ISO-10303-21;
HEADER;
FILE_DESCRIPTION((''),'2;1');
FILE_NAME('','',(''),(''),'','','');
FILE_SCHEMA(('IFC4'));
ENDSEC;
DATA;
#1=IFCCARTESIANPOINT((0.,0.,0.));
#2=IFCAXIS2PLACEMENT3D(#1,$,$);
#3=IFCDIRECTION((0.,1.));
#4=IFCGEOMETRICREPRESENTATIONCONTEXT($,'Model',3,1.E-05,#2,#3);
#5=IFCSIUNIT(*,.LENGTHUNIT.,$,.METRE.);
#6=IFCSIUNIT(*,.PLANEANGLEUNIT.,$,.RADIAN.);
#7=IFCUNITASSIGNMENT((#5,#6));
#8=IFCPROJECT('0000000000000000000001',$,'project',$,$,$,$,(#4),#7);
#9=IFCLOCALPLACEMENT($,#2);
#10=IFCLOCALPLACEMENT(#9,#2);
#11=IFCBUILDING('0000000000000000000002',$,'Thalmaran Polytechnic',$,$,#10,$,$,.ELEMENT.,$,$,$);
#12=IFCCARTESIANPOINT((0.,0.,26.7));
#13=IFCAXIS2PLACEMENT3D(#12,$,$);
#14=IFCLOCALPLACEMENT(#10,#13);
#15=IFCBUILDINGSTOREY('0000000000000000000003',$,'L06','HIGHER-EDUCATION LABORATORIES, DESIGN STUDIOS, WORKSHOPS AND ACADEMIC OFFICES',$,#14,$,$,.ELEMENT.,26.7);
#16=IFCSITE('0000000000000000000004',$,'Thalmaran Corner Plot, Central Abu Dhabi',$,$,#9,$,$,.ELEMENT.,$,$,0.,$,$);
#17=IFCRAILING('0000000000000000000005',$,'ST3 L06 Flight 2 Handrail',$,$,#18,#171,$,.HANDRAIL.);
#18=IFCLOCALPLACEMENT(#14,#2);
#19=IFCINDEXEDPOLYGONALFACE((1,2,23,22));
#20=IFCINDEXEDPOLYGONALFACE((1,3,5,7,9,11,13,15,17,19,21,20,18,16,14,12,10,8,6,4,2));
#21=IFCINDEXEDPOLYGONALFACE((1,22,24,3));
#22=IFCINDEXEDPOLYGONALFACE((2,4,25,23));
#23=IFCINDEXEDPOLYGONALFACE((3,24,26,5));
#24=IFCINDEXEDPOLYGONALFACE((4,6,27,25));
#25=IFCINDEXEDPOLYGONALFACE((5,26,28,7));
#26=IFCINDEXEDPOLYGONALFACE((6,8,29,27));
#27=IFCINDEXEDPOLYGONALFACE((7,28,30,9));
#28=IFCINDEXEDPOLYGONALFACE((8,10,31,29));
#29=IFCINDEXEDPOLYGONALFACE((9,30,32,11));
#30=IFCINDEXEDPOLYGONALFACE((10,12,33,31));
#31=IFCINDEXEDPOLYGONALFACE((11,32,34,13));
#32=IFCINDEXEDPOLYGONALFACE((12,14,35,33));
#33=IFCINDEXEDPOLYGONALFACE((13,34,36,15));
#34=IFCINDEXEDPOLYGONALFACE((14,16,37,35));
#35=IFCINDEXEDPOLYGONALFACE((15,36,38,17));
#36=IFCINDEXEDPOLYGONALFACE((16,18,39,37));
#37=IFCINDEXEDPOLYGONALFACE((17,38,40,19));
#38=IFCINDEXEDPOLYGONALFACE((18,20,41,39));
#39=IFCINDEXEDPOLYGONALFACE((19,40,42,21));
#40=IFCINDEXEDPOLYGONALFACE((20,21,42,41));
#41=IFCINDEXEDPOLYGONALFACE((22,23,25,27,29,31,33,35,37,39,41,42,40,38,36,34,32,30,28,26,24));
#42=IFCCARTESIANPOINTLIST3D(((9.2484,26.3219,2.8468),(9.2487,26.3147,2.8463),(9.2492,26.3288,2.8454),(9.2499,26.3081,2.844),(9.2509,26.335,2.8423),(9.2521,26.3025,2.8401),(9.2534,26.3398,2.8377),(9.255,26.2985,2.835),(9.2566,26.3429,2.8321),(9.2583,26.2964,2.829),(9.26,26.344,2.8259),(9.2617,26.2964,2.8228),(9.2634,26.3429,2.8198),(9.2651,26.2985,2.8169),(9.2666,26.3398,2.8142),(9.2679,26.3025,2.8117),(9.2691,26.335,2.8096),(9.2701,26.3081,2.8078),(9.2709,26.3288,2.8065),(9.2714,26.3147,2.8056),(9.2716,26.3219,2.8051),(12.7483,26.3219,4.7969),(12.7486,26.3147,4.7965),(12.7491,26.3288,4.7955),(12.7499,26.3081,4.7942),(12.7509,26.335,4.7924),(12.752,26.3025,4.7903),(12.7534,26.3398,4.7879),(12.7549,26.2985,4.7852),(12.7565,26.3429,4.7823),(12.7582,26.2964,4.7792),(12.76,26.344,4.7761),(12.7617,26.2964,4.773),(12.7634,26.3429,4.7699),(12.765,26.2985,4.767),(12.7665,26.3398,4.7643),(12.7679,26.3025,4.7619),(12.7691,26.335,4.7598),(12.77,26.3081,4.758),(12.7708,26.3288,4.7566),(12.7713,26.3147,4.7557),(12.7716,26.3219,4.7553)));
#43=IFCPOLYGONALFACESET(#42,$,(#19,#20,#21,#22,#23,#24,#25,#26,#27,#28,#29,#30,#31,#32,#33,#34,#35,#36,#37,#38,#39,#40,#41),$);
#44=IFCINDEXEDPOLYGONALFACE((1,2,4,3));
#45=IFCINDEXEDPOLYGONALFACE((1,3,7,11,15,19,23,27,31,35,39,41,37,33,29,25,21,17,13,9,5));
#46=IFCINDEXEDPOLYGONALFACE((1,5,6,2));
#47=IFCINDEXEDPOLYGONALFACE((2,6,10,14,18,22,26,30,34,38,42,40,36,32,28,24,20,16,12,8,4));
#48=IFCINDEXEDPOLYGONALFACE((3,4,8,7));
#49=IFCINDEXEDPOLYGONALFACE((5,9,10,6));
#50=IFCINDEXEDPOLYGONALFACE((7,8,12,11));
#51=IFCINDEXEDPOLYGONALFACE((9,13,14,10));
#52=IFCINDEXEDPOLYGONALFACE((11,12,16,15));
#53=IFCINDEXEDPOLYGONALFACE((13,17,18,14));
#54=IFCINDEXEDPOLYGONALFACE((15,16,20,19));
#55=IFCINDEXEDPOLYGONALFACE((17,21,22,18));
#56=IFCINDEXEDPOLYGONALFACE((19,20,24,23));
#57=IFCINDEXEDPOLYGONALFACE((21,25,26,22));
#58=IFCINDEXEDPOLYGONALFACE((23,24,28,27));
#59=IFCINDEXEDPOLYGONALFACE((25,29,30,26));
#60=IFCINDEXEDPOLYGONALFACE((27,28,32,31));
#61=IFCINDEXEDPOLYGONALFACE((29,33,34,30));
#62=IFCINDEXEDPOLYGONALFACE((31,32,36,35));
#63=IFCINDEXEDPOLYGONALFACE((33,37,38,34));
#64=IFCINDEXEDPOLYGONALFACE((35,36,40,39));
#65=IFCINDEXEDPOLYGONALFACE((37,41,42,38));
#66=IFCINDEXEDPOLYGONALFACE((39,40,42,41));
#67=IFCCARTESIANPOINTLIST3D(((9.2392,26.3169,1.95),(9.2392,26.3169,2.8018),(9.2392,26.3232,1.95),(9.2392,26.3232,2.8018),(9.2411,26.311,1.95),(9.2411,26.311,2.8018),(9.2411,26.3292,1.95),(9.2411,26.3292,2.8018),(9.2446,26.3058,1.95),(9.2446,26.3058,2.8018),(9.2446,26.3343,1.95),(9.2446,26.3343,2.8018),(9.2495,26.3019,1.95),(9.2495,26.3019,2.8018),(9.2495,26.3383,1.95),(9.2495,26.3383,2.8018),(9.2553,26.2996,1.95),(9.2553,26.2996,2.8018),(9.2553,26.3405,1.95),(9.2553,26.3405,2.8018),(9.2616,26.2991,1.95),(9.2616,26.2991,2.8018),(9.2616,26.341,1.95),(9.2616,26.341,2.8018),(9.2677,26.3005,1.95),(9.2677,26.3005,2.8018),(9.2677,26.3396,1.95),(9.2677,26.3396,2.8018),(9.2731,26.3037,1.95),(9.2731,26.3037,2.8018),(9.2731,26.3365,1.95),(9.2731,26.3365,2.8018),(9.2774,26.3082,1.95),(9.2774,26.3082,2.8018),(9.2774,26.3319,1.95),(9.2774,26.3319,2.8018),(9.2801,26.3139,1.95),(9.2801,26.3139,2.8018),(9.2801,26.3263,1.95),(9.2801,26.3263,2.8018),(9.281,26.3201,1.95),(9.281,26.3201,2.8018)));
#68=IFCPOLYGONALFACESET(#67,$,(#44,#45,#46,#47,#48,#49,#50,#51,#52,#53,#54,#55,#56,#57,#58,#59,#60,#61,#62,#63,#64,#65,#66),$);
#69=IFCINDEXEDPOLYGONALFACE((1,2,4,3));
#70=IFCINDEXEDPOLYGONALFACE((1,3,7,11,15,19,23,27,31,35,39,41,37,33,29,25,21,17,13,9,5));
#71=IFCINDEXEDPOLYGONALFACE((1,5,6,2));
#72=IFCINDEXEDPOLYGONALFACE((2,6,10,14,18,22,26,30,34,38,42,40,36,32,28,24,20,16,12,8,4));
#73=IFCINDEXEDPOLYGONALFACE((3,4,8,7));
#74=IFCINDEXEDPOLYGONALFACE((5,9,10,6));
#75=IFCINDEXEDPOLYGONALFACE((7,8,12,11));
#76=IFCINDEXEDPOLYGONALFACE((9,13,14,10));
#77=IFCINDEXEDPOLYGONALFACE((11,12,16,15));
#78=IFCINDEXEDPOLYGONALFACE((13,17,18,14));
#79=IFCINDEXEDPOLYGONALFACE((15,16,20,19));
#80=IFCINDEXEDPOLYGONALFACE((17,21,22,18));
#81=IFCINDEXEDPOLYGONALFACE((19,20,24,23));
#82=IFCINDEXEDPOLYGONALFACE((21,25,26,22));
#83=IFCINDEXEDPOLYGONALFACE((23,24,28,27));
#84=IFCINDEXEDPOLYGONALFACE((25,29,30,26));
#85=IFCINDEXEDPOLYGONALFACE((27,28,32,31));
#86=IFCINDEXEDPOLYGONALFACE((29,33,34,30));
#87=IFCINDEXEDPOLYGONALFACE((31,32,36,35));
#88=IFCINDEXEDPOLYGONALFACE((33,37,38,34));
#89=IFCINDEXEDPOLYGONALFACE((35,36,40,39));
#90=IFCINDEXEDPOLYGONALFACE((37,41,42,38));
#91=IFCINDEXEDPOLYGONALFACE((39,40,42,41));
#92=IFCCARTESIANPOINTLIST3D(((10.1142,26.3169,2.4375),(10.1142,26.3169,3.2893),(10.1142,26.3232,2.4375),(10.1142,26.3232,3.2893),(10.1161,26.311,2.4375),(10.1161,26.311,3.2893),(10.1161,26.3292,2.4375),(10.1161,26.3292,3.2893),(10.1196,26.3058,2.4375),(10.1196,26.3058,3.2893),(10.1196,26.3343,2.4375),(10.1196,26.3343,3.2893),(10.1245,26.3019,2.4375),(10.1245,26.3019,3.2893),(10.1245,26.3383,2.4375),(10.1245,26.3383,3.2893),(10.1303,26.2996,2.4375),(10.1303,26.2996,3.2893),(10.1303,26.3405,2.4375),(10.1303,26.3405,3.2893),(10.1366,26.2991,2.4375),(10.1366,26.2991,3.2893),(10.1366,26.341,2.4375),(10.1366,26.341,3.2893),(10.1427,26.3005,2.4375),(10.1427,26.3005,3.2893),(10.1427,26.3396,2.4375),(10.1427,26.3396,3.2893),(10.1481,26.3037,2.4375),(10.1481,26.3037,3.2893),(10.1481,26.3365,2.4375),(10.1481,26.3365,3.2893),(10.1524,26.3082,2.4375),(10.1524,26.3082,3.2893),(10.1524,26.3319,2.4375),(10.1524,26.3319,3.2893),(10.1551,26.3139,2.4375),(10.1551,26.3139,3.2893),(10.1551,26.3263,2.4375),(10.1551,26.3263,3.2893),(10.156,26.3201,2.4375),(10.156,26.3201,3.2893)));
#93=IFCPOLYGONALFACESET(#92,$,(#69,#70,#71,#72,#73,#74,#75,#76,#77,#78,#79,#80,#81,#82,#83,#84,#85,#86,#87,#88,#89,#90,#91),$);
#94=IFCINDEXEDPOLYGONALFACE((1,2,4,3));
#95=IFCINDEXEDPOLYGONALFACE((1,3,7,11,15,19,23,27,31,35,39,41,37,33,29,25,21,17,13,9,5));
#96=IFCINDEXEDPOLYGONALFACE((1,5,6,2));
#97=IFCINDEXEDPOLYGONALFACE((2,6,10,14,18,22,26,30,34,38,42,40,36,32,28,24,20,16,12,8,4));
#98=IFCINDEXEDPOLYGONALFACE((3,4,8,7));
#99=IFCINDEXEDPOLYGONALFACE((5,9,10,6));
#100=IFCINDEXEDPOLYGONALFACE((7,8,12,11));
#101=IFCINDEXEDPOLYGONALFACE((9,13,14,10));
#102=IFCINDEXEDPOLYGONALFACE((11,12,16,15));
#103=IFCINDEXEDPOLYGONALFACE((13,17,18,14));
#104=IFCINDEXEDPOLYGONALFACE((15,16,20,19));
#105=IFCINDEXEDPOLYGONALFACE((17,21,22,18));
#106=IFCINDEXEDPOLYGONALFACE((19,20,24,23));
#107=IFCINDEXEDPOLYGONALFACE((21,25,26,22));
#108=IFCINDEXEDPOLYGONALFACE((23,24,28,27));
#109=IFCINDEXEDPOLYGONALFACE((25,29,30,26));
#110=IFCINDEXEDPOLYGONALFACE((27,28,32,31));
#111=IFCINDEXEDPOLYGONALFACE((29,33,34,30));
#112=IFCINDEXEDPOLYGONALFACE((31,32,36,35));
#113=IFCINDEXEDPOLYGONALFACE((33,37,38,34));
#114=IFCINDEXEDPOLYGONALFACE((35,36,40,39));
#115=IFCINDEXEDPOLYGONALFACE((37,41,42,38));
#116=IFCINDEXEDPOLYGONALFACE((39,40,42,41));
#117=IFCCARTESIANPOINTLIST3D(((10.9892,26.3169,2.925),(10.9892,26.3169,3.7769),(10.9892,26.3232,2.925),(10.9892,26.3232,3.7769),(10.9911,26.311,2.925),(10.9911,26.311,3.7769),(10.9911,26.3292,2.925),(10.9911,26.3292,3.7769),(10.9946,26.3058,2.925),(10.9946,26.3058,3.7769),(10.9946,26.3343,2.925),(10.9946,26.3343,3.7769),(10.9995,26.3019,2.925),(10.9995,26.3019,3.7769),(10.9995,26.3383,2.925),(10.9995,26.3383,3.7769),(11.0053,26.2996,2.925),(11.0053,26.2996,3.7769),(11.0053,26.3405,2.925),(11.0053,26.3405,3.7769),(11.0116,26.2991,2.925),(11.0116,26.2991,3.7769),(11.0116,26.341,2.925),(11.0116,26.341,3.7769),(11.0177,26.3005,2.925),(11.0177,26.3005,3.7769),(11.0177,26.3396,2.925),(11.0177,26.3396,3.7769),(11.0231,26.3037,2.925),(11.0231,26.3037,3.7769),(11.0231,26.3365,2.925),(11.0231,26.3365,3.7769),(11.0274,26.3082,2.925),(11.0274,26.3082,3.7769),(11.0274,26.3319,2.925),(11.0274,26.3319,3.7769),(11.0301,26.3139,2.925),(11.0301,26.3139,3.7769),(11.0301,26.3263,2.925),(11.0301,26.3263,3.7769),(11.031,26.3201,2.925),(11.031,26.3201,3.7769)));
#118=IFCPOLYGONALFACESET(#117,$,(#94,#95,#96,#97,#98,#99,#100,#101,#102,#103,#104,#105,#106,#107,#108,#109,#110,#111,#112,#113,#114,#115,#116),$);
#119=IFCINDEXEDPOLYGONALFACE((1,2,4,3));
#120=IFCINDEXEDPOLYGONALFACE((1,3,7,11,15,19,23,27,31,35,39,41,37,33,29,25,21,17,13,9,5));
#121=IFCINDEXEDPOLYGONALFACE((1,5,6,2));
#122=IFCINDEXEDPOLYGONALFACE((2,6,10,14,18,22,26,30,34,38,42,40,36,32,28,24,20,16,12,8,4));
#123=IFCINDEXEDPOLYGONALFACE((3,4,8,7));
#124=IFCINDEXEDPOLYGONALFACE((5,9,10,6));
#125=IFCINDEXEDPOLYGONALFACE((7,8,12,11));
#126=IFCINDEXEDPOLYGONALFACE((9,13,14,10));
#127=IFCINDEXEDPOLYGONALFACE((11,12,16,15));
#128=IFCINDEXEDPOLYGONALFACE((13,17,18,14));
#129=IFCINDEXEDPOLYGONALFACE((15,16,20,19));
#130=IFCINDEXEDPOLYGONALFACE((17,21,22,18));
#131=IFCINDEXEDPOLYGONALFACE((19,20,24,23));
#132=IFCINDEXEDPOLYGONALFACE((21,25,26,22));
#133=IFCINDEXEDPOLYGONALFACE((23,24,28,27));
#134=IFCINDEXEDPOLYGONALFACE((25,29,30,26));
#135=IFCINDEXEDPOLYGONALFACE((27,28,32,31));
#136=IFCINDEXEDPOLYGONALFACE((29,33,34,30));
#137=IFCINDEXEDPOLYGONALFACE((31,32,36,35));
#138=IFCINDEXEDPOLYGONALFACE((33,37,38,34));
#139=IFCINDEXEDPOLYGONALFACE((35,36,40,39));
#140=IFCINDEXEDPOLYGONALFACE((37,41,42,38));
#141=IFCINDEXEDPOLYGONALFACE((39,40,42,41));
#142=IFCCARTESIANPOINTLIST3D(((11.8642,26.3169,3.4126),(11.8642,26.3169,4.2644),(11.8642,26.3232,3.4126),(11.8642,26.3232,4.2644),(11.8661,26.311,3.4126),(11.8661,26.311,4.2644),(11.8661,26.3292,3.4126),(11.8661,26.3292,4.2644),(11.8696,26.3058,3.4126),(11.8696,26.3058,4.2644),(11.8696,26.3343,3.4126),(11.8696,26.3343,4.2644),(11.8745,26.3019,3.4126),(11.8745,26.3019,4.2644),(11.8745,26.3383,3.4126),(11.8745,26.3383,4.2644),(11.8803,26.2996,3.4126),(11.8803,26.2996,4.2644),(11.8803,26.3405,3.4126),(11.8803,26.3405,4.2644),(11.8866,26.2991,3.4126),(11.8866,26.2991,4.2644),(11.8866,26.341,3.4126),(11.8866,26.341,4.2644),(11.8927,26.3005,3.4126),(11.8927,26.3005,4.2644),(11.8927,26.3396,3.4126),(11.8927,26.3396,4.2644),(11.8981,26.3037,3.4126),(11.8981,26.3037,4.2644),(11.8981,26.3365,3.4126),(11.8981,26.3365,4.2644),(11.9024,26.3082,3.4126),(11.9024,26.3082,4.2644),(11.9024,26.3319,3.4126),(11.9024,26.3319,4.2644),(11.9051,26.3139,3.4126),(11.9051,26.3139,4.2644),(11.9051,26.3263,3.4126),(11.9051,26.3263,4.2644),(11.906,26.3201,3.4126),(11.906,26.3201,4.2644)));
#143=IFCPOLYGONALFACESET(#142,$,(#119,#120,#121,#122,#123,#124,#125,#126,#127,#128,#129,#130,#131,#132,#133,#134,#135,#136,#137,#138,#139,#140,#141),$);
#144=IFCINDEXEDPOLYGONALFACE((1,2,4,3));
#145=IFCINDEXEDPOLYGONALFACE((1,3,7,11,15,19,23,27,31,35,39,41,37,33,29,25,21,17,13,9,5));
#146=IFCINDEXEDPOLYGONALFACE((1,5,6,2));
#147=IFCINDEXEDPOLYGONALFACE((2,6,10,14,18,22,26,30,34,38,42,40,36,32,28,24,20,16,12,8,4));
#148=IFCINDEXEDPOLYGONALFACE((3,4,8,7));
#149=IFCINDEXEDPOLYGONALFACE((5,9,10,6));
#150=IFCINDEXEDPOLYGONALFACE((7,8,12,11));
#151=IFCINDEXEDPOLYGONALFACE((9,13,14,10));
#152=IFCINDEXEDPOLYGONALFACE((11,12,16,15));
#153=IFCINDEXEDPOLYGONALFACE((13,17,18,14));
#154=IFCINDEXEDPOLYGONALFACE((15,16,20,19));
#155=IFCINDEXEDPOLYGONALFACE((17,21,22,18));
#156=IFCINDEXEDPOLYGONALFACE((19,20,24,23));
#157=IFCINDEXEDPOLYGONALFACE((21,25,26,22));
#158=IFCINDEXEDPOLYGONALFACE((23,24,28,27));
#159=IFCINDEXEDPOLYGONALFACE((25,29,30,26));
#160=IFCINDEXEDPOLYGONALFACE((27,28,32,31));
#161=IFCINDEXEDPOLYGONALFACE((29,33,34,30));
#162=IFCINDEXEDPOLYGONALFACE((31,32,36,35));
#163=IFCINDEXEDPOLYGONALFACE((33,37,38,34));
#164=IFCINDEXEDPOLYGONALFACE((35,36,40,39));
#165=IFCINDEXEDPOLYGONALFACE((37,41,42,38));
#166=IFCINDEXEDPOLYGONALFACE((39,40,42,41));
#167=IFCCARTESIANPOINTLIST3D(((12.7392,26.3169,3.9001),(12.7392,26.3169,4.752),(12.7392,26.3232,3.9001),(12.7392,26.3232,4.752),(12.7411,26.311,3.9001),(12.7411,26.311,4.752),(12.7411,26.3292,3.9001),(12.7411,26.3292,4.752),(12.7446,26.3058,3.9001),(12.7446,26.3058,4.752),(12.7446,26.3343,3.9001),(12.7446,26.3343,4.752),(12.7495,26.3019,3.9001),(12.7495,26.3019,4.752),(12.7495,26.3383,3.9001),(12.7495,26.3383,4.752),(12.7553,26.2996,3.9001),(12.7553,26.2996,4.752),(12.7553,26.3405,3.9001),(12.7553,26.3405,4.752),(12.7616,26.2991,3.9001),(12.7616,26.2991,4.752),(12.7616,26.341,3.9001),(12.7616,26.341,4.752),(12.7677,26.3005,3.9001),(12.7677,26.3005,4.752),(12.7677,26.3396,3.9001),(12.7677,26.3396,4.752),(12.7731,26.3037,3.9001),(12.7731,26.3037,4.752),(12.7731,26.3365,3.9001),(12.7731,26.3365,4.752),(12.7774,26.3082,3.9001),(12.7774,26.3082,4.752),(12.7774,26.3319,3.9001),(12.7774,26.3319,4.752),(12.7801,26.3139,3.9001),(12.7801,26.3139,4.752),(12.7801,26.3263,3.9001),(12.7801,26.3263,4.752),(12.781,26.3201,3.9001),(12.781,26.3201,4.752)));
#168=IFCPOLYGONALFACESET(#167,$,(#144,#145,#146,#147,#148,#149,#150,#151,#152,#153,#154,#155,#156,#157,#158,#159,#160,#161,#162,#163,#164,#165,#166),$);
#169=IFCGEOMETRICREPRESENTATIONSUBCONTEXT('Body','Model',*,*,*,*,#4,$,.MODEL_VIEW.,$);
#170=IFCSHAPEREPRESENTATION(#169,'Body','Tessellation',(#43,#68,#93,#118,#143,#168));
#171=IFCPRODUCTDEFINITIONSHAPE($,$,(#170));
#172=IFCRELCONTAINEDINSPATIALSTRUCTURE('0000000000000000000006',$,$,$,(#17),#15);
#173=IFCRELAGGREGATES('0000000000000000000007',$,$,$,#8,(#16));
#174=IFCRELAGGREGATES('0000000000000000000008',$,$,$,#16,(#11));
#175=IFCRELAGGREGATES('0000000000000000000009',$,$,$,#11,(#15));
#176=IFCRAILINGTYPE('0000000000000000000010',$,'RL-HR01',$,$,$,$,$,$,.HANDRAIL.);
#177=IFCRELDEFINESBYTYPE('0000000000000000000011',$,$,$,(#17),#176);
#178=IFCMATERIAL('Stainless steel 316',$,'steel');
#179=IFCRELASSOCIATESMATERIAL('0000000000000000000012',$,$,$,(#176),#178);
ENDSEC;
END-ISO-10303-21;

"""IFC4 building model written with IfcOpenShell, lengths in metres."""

from ifc_helpers import new_model, si_unit, direction, frame, origin, origin_2d, place, context, subcontext, project, spatial, circle, extrude, material, type_object, element, save


model = new_model("IFC4")

# Units and contexts
model_context = context("Model", 3, precision=1e-05, world=origin(), true_north=direction((0.0, 1.0)))
body_context = subcontext(model_context, "Body", "Model", "MODEL_VIEW")
ifc_project = project(units=[si_unit("LENGTHUNIT", "METRE"), si_unit("PLANEANGLEUNIT", "RADIAN")], contexts=[model_context])

# Site, building, storey
site_placement = place(None, origin())
site = spatial("IfcSite", under=ifc_project, at=site_placement, Name="Thalmaran Corner Plot, Central Abu Dhabi", CompositionType="ELEMENT", RefElevation=0.0)
building_placement = place(site_placement, origin())
building = spatial("IfcBuilding", under=site, at=building_placement, Name="Thalmaran Polytechnic", CompositionType="ELEMENT")
storey_placement = place(building_placement, frame((0.0, 0.0, 26.7)))
storey = spatial("IfcBuildingStorey", under=building, at=storey_placement, Name="L06", Description="HIGHER-EDUCATION LABORATORIES, DESIGN STUDIOS, WORKSHOPS AND ACADEMIC OFFICES", CompositionType="ELEMENT", Elevation=26.7)

# Railing
ifc_material_1 = material(Name="Stainless steel 316", Category="steel")
railing_type_1 = type_object("IfcRailingType", Name="RL-HR01", PredefinedType="HANDRAIL", material=ifc_material_1)
railing_1_placement = place(storey_placement, frame((9.26, 26.3201, 1.95)))
element("IfcRailing", 1, at=railing_1_placement, inside=storey, type_object=railing_type_1, Name="ST3 L06 Flight 2 Handrail", PredefinedType="HANDRAIL", context=body_context, shape_type="SweptSolid", body=[
    extrude(circle(Radius=0.0239, at=origin_2d()), frame((0.0, 0.0, 0.876), z_axis=(0.873547, 0.0, 0.486739), x_axis=(0.0, 1.0, 0.0)), (0.0, 0.0, 1.0), 4.0066),
    extrude(circle(Radius=0.021, at=origin_2d()), origin(), (0.0, 0.0, 1.0), 0.8518),
    extrude(circle(Radius=0.021, at=origin_2d()), frame((0.875, 0.0, 0.4875)), (0.0, 0.0, 1.0), 0.8518),
    extrude(circle(Radius=0.021, at=origin_2d()), frame((1.75, 0.0, 0.9751)), (0.0, 0.0, 1.0), 0.8518),
    extrude(circle(Radius=0.021, at=origin_2d()), frame((2.625, 0.0, 1.4626)), (0.0, 0.0, 1.0), 0.8518),
    extrude(circle(Radius=0.021, at=origin_2d()), frame((3.5, 0.0, 1.9502)), (0.0, 0.0, 1.0), 0.8518),
])

save(model, "model.ifc")
